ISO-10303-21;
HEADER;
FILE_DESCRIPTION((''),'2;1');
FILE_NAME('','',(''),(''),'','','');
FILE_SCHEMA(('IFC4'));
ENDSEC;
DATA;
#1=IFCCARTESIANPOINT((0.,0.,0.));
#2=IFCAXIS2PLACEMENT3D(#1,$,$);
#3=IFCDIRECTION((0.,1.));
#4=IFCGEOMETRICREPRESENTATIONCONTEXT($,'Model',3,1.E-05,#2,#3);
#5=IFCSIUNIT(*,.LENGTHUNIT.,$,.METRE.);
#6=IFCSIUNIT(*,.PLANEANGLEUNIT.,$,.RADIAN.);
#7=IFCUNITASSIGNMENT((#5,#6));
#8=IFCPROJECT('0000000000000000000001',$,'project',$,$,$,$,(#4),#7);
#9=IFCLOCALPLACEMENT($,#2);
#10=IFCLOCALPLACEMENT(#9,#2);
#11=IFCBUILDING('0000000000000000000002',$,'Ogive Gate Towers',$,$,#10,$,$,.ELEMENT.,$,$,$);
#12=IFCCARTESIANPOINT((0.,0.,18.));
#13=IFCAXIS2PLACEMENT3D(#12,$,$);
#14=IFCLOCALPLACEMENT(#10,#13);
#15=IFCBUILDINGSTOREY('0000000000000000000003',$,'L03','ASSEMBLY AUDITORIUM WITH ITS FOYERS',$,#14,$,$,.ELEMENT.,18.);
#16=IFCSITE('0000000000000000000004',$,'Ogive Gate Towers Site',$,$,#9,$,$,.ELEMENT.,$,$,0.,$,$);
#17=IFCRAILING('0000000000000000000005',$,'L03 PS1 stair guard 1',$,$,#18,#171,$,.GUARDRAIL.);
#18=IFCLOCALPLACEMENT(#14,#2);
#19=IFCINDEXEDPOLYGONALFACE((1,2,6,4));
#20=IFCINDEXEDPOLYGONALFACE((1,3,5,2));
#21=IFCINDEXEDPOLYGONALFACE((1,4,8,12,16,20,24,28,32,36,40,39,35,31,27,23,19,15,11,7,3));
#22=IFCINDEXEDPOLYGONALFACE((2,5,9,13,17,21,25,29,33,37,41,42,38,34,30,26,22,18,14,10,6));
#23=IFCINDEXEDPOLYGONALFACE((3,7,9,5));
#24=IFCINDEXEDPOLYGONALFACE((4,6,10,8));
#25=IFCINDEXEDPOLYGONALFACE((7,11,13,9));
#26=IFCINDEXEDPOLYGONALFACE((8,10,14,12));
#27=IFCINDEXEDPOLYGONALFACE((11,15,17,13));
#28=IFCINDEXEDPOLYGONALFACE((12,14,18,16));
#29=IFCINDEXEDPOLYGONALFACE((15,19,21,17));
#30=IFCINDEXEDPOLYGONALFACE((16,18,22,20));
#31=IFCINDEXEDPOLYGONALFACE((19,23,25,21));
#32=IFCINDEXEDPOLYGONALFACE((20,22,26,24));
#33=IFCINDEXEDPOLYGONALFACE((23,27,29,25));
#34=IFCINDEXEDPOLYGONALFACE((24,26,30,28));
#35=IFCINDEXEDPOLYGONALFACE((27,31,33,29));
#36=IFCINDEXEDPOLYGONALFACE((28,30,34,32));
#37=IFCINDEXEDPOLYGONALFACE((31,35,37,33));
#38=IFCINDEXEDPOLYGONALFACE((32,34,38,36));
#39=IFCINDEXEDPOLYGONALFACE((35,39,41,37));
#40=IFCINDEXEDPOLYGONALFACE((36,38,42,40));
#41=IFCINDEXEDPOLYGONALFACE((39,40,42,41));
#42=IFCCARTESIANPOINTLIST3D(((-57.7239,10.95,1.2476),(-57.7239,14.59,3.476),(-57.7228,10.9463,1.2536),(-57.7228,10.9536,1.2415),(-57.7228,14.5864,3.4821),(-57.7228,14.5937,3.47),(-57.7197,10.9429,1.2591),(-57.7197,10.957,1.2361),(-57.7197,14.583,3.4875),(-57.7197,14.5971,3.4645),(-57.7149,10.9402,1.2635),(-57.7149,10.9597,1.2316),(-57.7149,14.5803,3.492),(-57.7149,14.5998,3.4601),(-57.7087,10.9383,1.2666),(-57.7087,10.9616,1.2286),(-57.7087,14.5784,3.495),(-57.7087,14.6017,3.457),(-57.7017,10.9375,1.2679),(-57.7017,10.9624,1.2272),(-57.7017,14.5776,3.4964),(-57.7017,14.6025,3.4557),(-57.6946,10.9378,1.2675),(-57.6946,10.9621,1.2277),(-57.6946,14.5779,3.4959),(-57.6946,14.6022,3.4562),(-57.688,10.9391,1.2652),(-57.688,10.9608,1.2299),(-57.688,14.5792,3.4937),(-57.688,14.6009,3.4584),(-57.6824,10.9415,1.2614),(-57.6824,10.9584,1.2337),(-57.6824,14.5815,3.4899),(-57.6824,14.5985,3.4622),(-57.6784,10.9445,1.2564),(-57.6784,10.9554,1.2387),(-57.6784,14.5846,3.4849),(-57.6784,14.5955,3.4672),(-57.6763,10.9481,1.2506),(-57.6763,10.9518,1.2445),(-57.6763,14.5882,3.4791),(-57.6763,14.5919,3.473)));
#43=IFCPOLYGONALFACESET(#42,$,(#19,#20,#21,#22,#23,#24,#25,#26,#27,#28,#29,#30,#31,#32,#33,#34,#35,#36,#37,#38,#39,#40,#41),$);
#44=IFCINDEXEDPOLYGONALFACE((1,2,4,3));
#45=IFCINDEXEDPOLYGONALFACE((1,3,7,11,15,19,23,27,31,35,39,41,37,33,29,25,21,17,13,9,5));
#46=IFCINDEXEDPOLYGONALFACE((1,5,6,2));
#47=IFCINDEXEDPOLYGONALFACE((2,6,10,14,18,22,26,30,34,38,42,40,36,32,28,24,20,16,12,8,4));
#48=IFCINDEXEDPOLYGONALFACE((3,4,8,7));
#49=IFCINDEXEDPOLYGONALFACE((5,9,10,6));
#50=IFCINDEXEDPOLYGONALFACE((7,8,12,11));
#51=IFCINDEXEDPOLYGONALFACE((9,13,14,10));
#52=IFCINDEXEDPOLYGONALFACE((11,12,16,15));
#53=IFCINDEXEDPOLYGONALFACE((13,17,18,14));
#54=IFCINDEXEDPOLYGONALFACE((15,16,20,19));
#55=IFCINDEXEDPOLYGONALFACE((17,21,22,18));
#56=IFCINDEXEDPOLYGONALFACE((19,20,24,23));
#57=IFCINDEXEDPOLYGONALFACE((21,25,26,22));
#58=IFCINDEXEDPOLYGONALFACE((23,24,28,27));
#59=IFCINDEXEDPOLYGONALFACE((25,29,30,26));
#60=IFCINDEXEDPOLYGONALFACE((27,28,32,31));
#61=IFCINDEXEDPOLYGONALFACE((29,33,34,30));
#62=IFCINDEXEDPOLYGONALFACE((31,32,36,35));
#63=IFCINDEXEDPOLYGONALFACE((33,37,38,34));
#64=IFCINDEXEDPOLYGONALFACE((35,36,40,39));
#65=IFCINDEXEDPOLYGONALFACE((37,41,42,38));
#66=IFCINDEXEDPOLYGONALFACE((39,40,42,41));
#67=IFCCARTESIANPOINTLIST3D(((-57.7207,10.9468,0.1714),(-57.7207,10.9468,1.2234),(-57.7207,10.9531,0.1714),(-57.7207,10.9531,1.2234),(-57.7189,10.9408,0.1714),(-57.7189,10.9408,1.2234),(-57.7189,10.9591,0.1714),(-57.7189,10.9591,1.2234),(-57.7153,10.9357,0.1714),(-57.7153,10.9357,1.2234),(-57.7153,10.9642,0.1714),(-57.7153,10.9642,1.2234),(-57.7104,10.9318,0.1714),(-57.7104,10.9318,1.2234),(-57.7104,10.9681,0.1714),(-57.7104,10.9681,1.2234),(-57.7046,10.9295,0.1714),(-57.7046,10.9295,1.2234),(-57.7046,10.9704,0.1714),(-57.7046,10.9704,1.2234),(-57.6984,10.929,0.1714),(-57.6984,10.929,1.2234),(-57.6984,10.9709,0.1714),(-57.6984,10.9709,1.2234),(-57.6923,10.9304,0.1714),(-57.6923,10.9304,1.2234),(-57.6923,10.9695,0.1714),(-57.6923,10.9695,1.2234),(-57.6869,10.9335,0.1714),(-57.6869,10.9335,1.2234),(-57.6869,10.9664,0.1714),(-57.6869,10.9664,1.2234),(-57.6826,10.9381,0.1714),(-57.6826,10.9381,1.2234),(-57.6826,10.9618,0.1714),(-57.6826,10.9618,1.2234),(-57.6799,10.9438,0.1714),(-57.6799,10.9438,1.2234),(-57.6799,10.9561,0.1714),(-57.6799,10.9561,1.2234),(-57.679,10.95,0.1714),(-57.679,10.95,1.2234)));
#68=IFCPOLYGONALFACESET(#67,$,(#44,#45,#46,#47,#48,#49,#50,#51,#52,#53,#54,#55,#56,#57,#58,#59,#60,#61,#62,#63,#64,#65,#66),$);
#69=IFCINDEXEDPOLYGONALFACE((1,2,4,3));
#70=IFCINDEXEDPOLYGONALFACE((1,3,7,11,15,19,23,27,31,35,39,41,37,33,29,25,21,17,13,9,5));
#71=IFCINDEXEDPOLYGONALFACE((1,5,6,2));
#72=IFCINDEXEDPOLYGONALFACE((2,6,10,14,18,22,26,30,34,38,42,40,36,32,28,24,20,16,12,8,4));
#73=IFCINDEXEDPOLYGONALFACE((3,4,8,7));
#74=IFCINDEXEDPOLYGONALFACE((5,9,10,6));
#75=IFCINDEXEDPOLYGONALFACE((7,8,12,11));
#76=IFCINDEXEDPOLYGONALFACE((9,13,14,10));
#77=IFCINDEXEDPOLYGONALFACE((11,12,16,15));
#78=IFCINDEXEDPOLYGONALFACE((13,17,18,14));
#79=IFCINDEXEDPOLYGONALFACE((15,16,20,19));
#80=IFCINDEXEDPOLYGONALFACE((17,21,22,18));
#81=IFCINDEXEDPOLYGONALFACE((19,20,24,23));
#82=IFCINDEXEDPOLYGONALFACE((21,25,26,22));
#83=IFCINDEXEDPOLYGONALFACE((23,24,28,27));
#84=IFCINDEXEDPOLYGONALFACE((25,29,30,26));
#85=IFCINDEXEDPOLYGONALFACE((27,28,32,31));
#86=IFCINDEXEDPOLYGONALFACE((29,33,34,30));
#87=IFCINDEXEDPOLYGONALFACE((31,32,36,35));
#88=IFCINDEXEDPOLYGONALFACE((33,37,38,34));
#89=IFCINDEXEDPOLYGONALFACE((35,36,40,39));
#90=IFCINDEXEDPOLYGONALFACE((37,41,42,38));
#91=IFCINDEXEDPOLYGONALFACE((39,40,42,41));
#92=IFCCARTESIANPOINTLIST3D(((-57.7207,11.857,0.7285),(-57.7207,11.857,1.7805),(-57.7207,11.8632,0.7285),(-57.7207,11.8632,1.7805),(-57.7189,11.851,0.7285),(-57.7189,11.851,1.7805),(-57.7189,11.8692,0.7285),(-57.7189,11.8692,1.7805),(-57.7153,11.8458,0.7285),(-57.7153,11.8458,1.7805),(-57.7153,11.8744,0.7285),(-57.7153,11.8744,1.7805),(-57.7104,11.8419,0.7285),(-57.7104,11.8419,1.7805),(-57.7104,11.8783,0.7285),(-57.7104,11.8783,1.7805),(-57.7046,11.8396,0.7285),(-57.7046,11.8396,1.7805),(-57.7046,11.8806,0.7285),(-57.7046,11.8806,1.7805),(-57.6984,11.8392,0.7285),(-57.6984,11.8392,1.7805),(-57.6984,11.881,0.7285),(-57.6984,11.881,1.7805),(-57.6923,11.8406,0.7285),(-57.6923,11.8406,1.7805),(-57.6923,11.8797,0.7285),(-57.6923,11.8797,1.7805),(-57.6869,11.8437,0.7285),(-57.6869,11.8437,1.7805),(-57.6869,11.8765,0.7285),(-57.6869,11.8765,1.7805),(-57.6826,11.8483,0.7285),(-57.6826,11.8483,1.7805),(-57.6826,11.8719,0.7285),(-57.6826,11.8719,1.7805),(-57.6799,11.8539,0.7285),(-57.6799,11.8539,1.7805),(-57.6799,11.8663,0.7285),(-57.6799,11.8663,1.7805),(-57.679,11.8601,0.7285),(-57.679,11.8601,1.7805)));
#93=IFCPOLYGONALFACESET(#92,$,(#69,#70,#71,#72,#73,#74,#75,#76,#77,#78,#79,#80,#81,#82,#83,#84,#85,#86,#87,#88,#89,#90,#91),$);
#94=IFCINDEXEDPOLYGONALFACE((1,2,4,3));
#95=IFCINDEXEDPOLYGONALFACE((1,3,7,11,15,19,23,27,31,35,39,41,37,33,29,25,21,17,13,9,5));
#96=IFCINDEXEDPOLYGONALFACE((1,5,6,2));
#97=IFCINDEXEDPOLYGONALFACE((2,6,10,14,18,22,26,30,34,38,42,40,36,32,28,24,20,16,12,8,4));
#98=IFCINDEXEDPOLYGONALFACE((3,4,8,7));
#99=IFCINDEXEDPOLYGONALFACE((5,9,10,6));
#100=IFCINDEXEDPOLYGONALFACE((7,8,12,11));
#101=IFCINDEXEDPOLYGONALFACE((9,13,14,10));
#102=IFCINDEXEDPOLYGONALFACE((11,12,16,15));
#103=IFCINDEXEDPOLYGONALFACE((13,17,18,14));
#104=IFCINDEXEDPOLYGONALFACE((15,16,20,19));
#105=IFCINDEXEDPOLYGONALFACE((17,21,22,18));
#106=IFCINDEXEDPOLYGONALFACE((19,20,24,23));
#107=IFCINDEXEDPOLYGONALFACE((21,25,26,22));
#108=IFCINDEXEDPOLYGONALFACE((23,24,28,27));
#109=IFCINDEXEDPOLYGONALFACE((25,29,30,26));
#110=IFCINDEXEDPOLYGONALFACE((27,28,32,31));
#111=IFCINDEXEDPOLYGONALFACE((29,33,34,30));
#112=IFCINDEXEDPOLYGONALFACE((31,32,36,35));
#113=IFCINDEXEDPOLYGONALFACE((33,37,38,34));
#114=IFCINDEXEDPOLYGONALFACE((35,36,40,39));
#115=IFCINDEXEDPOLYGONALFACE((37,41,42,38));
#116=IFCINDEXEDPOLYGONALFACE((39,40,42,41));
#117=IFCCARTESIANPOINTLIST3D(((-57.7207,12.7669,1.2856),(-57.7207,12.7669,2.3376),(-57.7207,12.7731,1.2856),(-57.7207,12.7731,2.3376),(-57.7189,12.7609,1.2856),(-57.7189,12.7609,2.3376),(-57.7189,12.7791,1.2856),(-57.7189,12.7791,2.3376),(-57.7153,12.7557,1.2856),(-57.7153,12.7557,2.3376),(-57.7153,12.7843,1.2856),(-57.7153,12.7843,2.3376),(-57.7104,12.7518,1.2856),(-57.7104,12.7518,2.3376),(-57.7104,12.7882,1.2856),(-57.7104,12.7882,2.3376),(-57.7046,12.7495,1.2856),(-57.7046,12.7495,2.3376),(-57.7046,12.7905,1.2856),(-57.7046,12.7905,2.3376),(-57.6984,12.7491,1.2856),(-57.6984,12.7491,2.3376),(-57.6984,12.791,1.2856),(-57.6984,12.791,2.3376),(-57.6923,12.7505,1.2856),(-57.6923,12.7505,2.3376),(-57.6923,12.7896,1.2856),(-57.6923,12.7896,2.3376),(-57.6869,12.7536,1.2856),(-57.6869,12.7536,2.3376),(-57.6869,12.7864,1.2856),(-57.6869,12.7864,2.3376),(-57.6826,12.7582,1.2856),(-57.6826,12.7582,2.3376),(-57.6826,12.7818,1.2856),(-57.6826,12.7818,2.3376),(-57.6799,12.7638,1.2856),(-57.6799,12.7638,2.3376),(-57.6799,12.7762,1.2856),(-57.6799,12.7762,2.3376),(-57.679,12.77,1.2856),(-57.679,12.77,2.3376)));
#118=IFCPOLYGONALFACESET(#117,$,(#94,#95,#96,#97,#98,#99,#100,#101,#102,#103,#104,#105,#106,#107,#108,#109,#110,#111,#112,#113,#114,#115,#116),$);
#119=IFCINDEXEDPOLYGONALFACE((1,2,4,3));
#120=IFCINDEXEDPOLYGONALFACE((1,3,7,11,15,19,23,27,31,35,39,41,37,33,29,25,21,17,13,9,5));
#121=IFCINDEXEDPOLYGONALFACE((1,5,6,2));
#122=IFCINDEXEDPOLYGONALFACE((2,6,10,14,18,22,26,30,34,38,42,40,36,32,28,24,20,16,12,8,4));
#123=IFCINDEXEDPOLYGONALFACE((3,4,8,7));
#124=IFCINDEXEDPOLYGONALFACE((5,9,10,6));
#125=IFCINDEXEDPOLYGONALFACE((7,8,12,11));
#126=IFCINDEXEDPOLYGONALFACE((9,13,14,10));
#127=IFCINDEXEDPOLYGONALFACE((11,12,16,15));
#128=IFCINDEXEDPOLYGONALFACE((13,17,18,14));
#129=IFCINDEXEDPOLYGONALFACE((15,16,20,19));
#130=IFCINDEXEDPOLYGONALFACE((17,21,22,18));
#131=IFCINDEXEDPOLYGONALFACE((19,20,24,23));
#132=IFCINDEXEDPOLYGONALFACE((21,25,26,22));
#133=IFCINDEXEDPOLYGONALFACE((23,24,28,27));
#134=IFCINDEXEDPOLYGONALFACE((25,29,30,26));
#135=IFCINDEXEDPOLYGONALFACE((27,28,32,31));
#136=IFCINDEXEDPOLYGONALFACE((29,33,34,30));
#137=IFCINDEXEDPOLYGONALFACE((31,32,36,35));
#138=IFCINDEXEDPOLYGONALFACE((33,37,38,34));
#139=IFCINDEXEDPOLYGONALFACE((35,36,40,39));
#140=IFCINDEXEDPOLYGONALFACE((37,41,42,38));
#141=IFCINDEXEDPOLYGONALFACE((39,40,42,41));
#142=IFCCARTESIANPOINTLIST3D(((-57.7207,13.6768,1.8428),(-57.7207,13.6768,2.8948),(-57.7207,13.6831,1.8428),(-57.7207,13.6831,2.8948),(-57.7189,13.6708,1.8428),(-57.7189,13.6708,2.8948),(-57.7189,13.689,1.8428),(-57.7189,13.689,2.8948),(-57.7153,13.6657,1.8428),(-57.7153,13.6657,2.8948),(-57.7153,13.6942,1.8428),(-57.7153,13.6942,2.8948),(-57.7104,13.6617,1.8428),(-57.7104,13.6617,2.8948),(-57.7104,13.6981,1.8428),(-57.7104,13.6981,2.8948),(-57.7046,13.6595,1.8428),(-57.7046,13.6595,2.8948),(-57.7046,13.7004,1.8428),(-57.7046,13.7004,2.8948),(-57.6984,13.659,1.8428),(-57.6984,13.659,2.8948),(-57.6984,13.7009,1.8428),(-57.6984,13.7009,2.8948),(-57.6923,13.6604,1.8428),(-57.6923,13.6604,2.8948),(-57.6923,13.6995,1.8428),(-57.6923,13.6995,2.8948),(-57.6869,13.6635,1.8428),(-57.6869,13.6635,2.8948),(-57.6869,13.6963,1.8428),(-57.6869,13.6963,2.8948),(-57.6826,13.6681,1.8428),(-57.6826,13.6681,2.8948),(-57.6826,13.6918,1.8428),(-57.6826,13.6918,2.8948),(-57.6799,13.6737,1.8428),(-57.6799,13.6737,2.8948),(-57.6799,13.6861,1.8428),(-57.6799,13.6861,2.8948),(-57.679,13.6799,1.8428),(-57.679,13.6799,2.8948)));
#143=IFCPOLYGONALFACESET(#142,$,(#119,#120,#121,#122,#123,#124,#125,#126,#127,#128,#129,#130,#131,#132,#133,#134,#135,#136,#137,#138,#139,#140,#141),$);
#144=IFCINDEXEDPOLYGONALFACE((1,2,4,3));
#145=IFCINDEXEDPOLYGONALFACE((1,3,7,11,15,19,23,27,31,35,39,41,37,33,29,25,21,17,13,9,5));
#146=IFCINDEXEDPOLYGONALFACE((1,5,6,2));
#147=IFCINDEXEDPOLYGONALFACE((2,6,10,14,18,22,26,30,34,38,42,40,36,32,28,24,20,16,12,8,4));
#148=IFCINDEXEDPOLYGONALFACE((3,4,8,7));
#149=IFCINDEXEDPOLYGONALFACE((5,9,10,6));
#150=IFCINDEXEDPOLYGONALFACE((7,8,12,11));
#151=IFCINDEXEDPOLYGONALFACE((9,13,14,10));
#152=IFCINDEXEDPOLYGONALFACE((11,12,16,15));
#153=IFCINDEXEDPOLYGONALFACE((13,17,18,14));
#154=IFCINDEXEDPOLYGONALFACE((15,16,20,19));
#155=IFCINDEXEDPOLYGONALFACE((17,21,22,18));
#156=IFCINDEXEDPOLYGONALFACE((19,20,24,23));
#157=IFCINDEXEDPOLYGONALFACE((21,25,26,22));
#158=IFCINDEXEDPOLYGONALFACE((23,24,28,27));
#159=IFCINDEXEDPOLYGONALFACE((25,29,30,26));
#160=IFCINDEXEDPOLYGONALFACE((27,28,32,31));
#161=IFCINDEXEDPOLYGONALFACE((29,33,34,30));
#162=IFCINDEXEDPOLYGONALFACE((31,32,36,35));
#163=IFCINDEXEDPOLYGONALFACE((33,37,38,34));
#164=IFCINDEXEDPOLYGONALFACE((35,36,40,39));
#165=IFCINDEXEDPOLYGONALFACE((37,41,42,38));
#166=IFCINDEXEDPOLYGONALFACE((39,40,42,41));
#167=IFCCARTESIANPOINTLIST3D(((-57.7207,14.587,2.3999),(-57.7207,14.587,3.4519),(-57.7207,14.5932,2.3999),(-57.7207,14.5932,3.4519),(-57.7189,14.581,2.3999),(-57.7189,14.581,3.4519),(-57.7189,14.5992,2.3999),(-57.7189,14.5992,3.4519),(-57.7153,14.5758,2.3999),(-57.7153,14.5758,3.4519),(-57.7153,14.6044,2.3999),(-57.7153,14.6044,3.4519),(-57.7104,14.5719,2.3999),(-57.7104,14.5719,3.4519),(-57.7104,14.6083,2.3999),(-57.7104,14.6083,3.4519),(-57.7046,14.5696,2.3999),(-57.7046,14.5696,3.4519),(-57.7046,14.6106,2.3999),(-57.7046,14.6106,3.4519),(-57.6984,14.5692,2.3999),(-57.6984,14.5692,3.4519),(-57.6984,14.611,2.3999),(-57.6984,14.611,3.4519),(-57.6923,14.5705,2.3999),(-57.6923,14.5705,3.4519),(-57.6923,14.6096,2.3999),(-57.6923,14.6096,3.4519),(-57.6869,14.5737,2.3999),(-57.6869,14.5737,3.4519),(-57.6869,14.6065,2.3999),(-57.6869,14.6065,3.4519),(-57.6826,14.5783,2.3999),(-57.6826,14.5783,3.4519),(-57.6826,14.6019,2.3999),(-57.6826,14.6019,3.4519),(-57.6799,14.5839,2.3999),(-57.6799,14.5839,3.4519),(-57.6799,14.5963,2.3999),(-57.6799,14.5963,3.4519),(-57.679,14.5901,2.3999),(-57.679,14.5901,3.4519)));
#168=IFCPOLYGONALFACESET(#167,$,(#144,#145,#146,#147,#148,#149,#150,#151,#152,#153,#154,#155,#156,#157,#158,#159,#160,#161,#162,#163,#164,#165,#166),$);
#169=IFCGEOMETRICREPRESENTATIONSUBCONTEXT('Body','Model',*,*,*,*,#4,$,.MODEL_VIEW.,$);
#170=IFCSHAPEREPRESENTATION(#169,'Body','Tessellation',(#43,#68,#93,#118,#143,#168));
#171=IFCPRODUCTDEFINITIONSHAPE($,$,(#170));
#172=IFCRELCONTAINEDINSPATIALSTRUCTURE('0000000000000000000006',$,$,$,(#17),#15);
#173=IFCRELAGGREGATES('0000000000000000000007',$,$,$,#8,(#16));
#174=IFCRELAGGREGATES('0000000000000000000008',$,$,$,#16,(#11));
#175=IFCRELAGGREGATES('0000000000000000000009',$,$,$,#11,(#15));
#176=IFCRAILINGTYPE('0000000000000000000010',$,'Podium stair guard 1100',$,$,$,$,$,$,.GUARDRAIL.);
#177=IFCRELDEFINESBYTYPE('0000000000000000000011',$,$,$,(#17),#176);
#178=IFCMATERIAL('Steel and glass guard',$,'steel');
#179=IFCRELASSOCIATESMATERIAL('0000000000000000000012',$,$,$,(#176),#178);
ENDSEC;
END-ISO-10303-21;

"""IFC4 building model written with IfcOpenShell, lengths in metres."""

from ifc_helpers import new_model, si_unit, direction, frame, origin, origin_2d, place, context, subcontext, project, spatial, circle, extrude, material, type_object, element, save


model = new_model("IFC4")

# Units and contexts
model_context = context("Model", 3, precision=1e-05, world=origin(), true_north=direction((0.0, 1.0)))
body_context = subcontext(model_context, "Body", "Model", "MODEL_VIEW")
ifc_project = project(units=[si_unit("LENGTHUNIT", "METRE"), si_unit("PLANEANGLEUNIT", "RADIAN")], contexts=[model_context])

# Site, building, storey
site_placement = place(None, origin())
site = spatial("IfcSite", under=ifc_project, at=site_placement, Name="Ogive Gate Towers Site", CompositionType="ELEMENT", RefElevation=0.0)
building_placement = place(site_placement, origin())
building = spatial("IfcBuilding", under=site, at=building_placement, Name="Ogive Gate Towers", CompositionType="ELEMENT")
storey_placement = place(building_placement, frame((0.0, 0.0, 18.0)))
storey = spatial("IfcBuildingStorey", under=building, at=storey_placement, Name="L03", Description="ASSEMBLY AUDITORIUM WITH ITS FOYERS", CompositionType="ELEMENT", Elevation=18.0)

# Railing
ifc_material_1 = material(Name="Steel and glass guard", Category="steel")
railing_type_1 = type_object("IfcRailingType", Name="Podium stair guard 1100", PredefinedType="GUARDRAIL", material=ifc_material_1)
railing_1_placement = place(storey_placement, frame((-57.7, 10.95, 0.1714)))
element("IfcRailing", 1, at=railing_1_placement, inside=storey, type_object=railing_type_1, Name="L03 PS1 stair guard 1", PredefinedType="GUARDRAIL", context=body_context, shape_type="SweptSolid", body=[
    extrude(circle(Radius=0.0239, at=origin_2d()), frame((0.0, 0.0, 1.0762), z_axis=(0.0, 0.852866, 0.52213), x_axis=(-1.0, 0.0, 0.0)), (0.0, 0.0, 1.0), 4.2681),
    extrude(circle(Radius=0.021, at=origin_2d()), origin(), (0.0, 0.0, 1.0), 1.052),
    extrude(circle(Radius=0.021, at=origin_2d()), frame((0.0, 0.9102, 0.5571)), (0.0, 0.0, 1.0), 1.052),
    extrude(circle(Radius=0.021, at=origin_2d()), frame((0.0, 1.8201, 1.1143)), (0.0, 0.0, 1.0), 1.052),
    extrude(circle(Radius=0.021, at=origin_2d()), frame((0.0, 2.73, 1.6714)), (0.0, 0.0, 1.0), 1.052),
    extrude(circle(Radius=0.021, at=origin_2d()), frame((0.0, 3.6401, 2.2285)), (0.0, 0.0, 1.0), 1.052),
])

save(model, "model.ifc")
